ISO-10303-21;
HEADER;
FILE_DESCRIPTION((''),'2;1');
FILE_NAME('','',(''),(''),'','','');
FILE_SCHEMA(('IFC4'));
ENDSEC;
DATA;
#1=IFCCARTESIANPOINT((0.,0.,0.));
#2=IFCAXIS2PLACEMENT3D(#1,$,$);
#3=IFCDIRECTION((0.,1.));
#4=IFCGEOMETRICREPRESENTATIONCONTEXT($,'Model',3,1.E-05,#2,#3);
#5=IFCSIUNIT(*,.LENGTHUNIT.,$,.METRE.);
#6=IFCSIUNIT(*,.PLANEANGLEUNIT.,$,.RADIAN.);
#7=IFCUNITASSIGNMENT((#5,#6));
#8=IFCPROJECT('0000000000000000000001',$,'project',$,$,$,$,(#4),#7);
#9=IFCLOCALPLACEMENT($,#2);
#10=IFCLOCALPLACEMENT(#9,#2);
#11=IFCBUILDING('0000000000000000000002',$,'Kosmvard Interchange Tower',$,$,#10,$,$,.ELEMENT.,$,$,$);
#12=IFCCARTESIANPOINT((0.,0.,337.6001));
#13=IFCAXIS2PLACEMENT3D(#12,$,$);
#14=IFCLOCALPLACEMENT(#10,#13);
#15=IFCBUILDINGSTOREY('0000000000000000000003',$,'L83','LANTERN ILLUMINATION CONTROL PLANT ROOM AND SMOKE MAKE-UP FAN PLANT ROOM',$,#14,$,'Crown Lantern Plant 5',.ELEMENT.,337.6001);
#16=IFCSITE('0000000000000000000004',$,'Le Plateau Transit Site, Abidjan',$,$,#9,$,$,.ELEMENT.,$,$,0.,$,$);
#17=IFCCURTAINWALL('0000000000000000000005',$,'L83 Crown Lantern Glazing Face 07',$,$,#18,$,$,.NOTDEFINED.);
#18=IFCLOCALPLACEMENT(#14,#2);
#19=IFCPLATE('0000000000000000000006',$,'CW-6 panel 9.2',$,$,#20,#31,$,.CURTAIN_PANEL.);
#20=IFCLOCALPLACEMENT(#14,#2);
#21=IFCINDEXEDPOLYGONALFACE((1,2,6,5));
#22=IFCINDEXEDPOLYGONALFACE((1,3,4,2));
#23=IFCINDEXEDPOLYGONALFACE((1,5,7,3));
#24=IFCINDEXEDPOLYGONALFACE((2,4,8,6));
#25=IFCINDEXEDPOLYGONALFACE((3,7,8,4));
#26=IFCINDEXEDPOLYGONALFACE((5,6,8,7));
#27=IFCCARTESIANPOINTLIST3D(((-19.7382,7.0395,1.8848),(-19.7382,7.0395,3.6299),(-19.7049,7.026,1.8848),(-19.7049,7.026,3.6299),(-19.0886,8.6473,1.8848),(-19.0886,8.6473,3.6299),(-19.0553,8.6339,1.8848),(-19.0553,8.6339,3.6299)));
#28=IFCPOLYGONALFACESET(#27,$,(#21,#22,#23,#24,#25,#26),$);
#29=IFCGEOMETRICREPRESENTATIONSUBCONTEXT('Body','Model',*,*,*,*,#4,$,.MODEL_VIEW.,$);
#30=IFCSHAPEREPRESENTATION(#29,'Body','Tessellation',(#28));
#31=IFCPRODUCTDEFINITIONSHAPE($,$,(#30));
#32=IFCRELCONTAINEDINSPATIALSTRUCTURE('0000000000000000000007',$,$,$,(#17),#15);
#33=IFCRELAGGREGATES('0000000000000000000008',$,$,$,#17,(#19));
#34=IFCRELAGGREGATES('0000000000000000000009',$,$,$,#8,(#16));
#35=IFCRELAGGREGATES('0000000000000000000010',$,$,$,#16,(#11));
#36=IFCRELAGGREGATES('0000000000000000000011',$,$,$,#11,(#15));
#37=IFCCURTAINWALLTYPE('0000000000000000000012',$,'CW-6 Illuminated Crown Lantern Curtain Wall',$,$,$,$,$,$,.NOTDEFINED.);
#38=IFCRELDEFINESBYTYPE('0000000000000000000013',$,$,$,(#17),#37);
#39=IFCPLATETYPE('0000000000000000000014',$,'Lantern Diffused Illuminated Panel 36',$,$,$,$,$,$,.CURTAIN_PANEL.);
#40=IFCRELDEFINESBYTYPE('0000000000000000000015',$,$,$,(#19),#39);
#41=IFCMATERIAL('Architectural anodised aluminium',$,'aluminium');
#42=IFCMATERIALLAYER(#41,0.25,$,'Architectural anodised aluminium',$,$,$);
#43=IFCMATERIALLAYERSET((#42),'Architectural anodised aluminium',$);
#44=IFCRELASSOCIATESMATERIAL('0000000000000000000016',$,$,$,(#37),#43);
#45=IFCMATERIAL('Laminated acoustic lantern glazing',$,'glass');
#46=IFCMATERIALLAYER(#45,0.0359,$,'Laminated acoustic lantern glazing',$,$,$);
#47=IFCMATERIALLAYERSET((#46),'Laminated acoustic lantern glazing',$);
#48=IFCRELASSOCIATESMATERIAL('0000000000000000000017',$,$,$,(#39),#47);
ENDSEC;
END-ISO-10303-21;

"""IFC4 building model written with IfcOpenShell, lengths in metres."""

from ifc_helpers import new_model, si_unit, direction, frame, origin, origin_2d, place, context, subcontext, project, spatial, rectangle, extrude, source, transform, mapped, material, layer, layer_set, type_object, element, aggregate, save


model = new_model("IFC4")

# Units and contexts
model_context = context("Model", 3, precision=1e-05, world=origin(), true_north=direction((0.0, 1.0)))
body_context = subcontext(model_context, "Body", "Model", "MODEL_VIEW")
ifc_project = project(units=[si_unit("LENGTHUNIT", "METRE"), si_unit("PLANEANGLEUNIT", "RADIAN")], contexts=[model_context])

# Site, building, storey
site_placement = place(None, origin())
site = spatial("IfcSite", under=ifc_project, at=site_placement, Name="Le Plateau Transit Site, Abidjan", CompositionType="ELEMENT", RefElevation=0.0)
building_placement = place(site_placement, origin())
building = spatial("IfcBuilding", under=site, at=building_placement, Name="Kosmvard Interchange Tower", CompositionType="ELEMENT")
storey_placement = place(building_placement, frame((0.0, 0.0, 337.6001)))
storey = spatial("IfcBuildingStorey", under=building, at=storey_placement, Name="L83", Description="LANTERN ILLUMINATION CONTROL PLANT ROOM AND SMOKE MAKE-UP FAN PLANT ROOM", LongName="Crown Lantern Plant 5", CompositionType="ELEMENT", Elevation=337.6001)

# Curtain wall, plate
ifc_material_1 = material(Name="Architectural anodised aluminium", Category="aluminium")
ifc_layer_1 = layer(ifc_material_1, 0.25, Name="Architectural anodised aluminium")
ifc_layer_set_1 = layer_set([ifc_layer_1], Name="Architectural anodised aluminium")
curtain_wall_type = type_object("IfcCurtainWallType", Name="CW-6 Illuminated Crown Lantern Curtain Wall", PredefinedType="NOTDEFINED", material=ifc_layer_set_1)
curtain_wall_placement = place(storey_placement, origin())
curtain_wall = element("IfcCurtainWall", 1, at=curtain_wall_placement, inside=storey, type_object=curtain_wall_type, Name="L83 Crown Lantern Glazing Face 07", PredefinedType="NOTDEFINED")
ifc_material_2 = material(Name="Laminated acoustic lantern glazing", Category="glass")
ifc_layer_2 = layer(ifc_material_2, 0.0359, Name="Laminated acoustic lantern glazing")
ifc_layer_set_2 = layer_set([ifc_layer_2], Name="Laminated acoustic lantern glazing")
plate_type = type_object("IfcPlateType", Name="Lantern Diffused Illuminated Panel 36", PredefinedType="CURTAIN_PANEL", material=ifc_layer_set_2)
shared_shape_1 = source(origin(), body_context, "Body", "SweptSolid", [
    extrude(rectangle(XDim=1.7341, YDim=0.0359, at=origin_2d()), origin(), (0.0, 0.0, 1.0), 1.7451),
])
plate_1_placement = place(storey_placement, frame((-19.3967, 7.8367, 1.8848), z_axis=(0.0, 0.0, 1.0), x_axis=(-0.374607, -0.927184, 0.0)))
plate_1 = element("IfcPlate", 2, at=plate_1_placement, type_object=plate_type, Name="CW-6 panel 9.2", PredefinedType="CURTAIN_PANEL", context=body_context, shape_type="MappedRepresentation", body=[
    mapped(shared_shape_1, transform((0.0, 0.0, 0.0), scale=1.0)),
])
aggregate(curtain_wall, [plate_1])

save(model, "model.ifc")
